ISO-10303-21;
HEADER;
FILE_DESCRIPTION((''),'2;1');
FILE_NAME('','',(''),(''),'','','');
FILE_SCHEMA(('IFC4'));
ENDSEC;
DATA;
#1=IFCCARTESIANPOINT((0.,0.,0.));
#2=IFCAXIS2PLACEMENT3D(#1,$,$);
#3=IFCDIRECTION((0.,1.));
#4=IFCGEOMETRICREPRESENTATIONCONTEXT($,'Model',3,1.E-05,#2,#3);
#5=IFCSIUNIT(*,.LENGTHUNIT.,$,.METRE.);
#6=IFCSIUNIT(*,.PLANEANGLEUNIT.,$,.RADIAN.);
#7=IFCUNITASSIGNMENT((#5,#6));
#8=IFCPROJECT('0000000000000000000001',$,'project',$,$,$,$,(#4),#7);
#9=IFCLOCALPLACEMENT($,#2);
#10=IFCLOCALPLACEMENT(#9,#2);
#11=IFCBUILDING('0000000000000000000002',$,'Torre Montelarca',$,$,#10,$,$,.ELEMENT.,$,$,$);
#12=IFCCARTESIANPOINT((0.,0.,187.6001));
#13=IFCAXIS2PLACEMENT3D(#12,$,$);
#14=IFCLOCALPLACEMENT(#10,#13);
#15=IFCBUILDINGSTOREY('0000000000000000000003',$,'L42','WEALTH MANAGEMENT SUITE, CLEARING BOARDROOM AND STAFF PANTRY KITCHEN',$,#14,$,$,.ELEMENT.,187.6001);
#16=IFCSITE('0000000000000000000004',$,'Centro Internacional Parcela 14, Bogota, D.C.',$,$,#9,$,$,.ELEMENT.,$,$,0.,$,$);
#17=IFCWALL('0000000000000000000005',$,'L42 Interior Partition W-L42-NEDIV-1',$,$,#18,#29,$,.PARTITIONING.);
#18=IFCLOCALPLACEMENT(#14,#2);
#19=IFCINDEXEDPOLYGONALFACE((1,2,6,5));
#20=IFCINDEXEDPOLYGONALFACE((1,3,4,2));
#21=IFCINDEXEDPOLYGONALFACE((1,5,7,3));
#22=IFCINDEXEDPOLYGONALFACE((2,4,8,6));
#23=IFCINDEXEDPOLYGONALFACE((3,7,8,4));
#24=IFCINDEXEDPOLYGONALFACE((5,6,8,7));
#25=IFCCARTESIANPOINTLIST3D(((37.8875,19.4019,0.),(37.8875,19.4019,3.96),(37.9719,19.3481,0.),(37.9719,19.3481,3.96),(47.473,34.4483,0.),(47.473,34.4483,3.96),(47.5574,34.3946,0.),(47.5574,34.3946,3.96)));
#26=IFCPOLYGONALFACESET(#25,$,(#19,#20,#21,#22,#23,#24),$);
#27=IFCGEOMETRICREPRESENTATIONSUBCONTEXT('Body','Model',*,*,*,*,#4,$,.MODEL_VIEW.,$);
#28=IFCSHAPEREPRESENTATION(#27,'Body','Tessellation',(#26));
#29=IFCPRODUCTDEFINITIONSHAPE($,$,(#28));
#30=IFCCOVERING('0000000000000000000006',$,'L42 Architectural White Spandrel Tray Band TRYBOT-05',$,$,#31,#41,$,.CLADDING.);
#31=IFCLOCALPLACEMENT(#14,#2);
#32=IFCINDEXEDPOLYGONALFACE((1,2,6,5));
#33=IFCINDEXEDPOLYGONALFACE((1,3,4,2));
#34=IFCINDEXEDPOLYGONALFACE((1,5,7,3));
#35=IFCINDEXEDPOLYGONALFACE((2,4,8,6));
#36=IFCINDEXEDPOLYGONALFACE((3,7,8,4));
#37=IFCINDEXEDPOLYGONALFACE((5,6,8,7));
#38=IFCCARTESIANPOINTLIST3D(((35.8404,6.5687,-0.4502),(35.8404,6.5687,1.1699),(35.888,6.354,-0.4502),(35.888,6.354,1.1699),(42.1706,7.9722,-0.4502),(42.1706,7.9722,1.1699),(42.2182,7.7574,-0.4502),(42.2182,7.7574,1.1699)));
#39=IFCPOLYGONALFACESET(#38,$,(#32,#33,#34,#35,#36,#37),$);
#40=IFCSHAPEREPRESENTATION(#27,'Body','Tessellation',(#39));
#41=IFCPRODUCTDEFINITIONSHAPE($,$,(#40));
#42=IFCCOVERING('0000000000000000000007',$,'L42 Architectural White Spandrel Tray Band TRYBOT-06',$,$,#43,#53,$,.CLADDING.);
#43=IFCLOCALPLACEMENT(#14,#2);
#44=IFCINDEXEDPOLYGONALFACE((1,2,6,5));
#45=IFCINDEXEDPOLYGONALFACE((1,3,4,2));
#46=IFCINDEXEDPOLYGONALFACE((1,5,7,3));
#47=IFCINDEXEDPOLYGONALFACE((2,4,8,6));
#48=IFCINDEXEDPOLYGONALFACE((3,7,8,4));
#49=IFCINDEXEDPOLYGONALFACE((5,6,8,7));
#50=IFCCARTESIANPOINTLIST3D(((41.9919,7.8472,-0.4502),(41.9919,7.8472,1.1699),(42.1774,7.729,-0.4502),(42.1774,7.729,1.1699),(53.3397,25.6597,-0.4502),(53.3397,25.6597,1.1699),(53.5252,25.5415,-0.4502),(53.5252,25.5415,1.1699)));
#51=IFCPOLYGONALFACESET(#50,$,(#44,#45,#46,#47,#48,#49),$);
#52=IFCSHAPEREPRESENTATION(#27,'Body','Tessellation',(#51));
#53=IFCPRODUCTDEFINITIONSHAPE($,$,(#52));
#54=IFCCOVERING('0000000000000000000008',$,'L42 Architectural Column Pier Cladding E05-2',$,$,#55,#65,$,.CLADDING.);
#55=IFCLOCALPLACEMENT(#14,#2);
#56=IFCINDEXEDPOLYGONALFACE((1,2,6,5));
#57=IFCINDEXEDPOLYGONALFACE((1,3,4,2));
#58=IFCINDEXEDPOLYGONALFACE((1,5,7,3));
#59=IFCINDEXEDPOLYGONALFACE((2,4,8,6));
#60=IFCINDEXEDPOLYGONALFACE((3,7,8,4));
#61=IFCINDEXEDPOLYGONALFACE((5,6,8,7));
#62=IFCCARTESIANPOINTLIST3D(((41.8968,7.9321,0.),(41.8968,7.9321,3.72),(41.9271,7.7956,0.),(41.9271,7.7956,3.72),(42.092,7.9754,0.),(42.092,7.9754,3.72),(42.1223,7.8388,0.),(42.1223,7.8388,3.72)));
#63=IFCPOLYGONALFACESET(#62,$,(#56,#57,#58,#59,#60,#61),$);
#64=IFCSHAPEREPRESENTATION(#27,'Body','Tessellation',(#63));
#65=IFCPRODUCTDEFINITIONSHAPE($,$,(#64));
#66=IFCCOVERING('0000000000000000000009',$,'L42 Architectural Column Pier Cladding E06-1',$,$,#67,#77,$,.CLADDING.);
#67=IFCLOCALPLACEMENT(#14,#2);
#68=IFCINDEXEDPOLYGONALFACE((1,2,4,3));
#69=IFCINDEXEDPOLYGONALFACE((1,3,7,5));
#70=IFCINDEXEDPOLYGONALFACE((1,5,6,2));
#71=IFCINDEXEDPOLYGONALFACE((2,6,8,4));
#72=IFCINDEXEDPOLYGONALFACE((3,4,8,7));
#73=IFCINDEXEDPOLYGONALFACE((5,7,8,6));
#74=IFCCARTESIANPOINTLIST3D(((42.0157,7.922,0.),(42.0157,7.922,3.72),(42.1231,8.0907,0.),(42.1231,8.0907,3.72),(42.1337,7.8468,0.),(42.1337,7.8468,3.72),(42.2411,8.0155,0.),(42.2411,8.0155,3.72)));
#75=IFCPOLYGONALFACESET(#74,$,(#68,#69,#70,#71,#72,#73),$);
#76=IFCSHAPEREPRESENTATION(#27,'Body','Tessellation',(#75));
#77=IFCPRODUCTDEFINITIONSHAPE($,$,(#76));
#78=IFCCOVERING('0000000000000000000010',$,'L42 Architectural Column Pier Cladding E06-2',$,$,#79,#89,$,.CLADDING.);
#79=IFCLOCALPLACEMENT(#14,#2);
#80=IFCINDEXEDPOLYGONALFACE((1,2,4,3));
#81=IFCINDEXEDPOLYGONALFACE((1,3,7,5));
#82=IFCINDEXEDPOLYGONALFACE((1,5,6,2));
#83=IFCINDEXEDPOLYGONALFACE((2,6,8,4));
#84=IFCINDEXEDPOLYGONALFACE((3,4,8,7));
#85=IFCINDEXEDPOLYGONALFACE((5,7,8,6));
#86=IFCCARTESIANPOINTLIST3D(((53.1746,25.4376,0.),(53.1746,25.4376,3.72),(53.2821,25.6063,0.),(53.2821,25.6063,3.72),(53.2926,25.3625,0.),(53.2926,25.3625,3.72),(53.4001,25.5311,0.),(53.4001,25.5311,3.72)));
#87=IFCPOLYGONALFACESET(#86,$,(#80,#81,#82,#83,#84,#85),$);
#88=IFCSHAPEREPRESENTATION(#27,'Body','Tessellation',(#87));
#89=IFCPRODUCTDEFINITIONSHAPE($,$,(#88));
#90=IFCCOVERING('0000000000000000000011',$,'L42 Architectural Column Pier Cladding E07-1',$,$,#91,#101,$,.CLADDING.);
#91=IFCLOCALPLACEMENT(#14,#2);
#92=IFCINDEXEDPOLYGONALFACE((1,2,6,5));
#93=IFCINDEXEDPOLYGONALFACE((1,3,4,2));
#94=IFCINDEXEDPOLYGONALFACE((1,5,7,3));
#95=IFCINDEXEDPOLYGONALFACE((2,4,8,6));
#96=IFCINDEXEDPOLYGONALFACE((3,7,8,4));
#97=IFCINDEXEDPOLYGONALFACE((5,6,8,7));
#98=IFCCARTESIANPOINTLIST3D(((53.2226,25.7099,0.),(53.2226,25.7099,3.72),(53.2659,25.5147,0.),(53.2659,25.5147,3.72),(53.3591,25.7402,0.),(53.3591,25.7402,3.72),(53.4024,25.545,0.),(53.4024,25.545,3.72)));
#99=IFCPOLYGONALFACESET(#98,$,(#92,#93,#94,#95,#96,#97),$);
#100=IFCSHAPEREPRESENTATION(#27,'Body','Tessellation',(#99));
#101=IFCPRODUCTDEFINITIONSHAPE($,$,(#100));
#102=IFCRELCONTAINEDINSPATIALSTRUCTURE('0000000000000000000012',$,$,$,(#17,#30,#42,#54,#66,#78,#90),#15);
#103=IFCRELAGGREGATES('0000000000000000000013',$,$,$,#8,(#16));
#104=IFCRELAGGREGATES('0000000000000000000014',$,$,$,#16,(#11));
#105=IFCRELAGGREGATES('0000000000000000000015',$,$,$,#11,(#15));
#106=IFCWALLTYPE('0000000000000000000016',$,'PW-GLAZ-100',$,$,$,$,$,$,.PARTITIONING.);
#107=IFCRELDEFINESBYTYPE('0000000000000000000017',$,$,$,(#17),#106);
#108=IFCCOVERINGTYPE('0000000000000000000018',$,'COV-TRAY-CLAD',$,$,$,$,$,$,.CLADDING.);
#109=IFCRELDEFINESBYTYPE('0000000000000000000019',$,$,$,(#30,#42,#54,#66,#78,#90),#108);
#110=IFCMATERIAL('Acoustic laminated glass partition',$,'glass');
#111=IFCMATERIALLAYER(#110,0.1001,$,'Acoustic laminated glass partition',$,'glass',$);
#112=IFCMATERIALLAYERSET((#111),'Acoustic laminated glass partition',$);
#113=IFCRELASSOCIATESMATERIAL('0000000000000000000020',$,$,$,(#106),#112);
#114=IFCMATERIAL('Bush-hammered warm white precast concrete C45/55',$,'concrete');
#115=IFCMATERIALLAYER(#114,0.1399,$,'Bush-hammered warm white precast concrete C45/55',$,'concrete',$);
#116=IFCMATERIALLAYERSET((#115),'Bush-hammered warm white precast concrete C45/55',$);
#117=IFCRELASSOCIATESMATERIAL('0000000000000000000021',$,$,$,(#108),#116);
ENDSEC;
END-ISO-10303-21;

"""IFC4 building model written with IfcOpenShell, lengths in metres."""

from ifc_helpers import new_model, si_unit, direction, frame, frame_2d, origin, origin_2d, place, context, subcontext, project, spatial, rectangle, extrude, source, transform, mapped, material, layer, layer_set, type_object, element, save


model = new_model("IFC4")

# Units and contexts
model_context = context("Model", 3, precision=1e-05, world=origin(), true_north=direction((0.0, 1.0)))
body_context = subcontext(model_context, "Body", "Model", "MODEL_VIEW")
ifc_project = project(units=[si_unit("LENGTHUNIT", "METRE"), si_unit("PLANEANGLEUNIT", "RADIAN")], contexts=[model_context])

# Site, building, storey
site_placement = place(None, origin())
site = spatial("IfcSite", under=ifc_project, at=site_placement, Name="Centro Internacional Parcela 14, Bogota, D.C.", CompositionType="ELEMENT", RefElevation=0.0)
building_placement = place(site_placement, origin())
building = spatial("IfcBuilding", under=site, at=building_placement, Name="Torre Montelarca", CompositionType="ELEMENT")
storey_placement = place(building_placement, frame((0.0, 0.0, 187.6001)))
storey = spatial("IfcBuildingStorey", under=building, at=storey_placement, Name="L42", Description="WEALTH MANAGEMENT SUITE, CLEARING BOARDROOM AND STAFF PANTRY KITCHEN", CompositionType="ELEMENT", Elevation=187.6001)

# Wall
ifc_material_1 = material(Name="Acoustic laminated glass partition", Category="glass")
ifc_layer_1 = layer(ifc_material_1, 0.1001, Name="Acoustic laminated glass partition", Category="glass")
ifc_layer_set_1 = layer_set([ifc_layer_1], Name="Acoustic laminated glass partition")
wall_type = type_object("IfcWallType", Name="PW-GLAZ-100", PredefinedType="PARTITIONING", material=ifc_layer_set_1)
wall_placement = place(storey_placement, frame((37.9297, 19.375, 0.0), z_axis=(0.0, 0.0, 1.0), x_axis=(0.537293, 0.843395, 0.0)))
element("IfcWall", 1, at=wall_placement, inside=storey, type_object=wall_type, Name="L42 Interior Partition W-L42-NEDIV-1", PredefinedType="PARTITIONING", context=body_context, shape_type="SweptSolid", body=[
    extrude(rectangle(XDim=17.8403, YDim=0.1001, at=frame_2d((8.9202, 0.0))), origin(), (0.0, 0.0, 1.0), 3.96),
])

# Coverings
ifc_material_2 = material(Name="Bush-hammered warm white precast concrete C45/55", Category="concrete")
ifc_layer_2 = layer(ifc_material_2, 0.1399, Name="Bush-hammered warm white precast concrete C45/55", Category="concrete")
ifc_layer_set_2 = layer_set([ifc_layer_2], Name="Bush-hammered warm white precast concrete C45/55")
covering_type = type_object("IfcCoveringType", Name="COV-TRAY-CLAD", PredefinedType="CLADDING", material=ifc_layer_set_2)
shared_shape_1 = source(origin(), body_context, "Body", "SweptSolid", [
    extrude(rectangle(XDim=6.4839, YDim=0.22, at=origin_2d()), origin(), (0.0, 0.0, 1.0), 1.6201),
])
covering_1_placement = place(storey_placement, frame((39.0293, 7.1631, -0.4502), z_axis=(0.0, 0.0, 1.0), x_axis=(0.976293, 0.216453, 0.0)))
element("IfcCovering", 2, at=covering_1_placement, inside=storey, type_object=covering_type, Name="L42 Architectural White Spandrel Tray Band TRYBOT-05", PredefinedType="CLADDING", context=body_context, shape_type="MappedRepresentation", body=[
    mapped(shared_shape_1, transform((0.0, 0.0, 0.0), scale=1.0)),
])
shared_shape_2 = source(origin(), body_context, "Body", "SweptSolid", [
    extrude(rectangle(XDim=21.1201, YDim=0.22, at=origin_2d()), origin(), (0.0, 0.0, 1.0), 1.6201),
])
covering_2_placement = place(storey_placement, frame((47.7585, 16.6943, -0.4502), z_axis=(0.0, 0.0, 1.0), x_axis=(0.5373, 0.843391, 0.0)))
element("IfcCovering", 3, at=covering_2_placement, inside=storey, type_object=covering_type, Name="L42 Architectural White Spandrel Tray Band TRYBOT-06", PredefinedType="CLADDING", context=body_context, shape_type="MappedRepresentation", body=[
    mapped(shared_shape_2, transform((0.0, 0.0, 0.0), scale=1.0)),
])
shared_shape_3 = source(origin(), body_context, "Body", "SweptSolid", [
    extrude(rectangle(XDim=0.2, YDim=0.1399, at=origin_2d()), origin(), (0.0, 0.0, 1.0), 3.72),
])
for number, where, z_axis, x_axis, name in (
    (4, (42.0095, 7.8855, 0.0), (0.0, 0.0, 1.0), (0.976293, 0.216452, 0.0), "L42 Architectural Column Pier Cladding E05-2"),
    (5, (42.1284, 7.9688, 0.0), (0.0, 0.0, 1.0), (0.537303, 0.84339, 0.0), "L42 Architectural Column Pier Cladding E06-1"),
    (6, (53.2874, 25.4844, 0.0), (0.0, 0.0, 1.0), (0.537303, 0.84339, 0.0), "L42 Architectural Column Pier Cladding E06-2"),
    (7, (53.3125, 25.6274, 0.0), (0.0, 0.0, 1.0), (-0.216436, 0.976297, 0.0), "L42 Architectural Column Pier Cladding E07-1"),
):
    element("IfcCovering", number, at=place(storey_placement, frame(where, z_axis=z_axis, x_axis=x_axis)), inside=storey, type_object=covering_type, Name=name, PredefinedType="CLADDING", context=body_context, shape_type="MappedRepresentation", body=[
        mapped(shared_shape_3, transform((0.0, 0.0, 0.0), scale=1.0)),
    ])

save(model, "model.ifc")
